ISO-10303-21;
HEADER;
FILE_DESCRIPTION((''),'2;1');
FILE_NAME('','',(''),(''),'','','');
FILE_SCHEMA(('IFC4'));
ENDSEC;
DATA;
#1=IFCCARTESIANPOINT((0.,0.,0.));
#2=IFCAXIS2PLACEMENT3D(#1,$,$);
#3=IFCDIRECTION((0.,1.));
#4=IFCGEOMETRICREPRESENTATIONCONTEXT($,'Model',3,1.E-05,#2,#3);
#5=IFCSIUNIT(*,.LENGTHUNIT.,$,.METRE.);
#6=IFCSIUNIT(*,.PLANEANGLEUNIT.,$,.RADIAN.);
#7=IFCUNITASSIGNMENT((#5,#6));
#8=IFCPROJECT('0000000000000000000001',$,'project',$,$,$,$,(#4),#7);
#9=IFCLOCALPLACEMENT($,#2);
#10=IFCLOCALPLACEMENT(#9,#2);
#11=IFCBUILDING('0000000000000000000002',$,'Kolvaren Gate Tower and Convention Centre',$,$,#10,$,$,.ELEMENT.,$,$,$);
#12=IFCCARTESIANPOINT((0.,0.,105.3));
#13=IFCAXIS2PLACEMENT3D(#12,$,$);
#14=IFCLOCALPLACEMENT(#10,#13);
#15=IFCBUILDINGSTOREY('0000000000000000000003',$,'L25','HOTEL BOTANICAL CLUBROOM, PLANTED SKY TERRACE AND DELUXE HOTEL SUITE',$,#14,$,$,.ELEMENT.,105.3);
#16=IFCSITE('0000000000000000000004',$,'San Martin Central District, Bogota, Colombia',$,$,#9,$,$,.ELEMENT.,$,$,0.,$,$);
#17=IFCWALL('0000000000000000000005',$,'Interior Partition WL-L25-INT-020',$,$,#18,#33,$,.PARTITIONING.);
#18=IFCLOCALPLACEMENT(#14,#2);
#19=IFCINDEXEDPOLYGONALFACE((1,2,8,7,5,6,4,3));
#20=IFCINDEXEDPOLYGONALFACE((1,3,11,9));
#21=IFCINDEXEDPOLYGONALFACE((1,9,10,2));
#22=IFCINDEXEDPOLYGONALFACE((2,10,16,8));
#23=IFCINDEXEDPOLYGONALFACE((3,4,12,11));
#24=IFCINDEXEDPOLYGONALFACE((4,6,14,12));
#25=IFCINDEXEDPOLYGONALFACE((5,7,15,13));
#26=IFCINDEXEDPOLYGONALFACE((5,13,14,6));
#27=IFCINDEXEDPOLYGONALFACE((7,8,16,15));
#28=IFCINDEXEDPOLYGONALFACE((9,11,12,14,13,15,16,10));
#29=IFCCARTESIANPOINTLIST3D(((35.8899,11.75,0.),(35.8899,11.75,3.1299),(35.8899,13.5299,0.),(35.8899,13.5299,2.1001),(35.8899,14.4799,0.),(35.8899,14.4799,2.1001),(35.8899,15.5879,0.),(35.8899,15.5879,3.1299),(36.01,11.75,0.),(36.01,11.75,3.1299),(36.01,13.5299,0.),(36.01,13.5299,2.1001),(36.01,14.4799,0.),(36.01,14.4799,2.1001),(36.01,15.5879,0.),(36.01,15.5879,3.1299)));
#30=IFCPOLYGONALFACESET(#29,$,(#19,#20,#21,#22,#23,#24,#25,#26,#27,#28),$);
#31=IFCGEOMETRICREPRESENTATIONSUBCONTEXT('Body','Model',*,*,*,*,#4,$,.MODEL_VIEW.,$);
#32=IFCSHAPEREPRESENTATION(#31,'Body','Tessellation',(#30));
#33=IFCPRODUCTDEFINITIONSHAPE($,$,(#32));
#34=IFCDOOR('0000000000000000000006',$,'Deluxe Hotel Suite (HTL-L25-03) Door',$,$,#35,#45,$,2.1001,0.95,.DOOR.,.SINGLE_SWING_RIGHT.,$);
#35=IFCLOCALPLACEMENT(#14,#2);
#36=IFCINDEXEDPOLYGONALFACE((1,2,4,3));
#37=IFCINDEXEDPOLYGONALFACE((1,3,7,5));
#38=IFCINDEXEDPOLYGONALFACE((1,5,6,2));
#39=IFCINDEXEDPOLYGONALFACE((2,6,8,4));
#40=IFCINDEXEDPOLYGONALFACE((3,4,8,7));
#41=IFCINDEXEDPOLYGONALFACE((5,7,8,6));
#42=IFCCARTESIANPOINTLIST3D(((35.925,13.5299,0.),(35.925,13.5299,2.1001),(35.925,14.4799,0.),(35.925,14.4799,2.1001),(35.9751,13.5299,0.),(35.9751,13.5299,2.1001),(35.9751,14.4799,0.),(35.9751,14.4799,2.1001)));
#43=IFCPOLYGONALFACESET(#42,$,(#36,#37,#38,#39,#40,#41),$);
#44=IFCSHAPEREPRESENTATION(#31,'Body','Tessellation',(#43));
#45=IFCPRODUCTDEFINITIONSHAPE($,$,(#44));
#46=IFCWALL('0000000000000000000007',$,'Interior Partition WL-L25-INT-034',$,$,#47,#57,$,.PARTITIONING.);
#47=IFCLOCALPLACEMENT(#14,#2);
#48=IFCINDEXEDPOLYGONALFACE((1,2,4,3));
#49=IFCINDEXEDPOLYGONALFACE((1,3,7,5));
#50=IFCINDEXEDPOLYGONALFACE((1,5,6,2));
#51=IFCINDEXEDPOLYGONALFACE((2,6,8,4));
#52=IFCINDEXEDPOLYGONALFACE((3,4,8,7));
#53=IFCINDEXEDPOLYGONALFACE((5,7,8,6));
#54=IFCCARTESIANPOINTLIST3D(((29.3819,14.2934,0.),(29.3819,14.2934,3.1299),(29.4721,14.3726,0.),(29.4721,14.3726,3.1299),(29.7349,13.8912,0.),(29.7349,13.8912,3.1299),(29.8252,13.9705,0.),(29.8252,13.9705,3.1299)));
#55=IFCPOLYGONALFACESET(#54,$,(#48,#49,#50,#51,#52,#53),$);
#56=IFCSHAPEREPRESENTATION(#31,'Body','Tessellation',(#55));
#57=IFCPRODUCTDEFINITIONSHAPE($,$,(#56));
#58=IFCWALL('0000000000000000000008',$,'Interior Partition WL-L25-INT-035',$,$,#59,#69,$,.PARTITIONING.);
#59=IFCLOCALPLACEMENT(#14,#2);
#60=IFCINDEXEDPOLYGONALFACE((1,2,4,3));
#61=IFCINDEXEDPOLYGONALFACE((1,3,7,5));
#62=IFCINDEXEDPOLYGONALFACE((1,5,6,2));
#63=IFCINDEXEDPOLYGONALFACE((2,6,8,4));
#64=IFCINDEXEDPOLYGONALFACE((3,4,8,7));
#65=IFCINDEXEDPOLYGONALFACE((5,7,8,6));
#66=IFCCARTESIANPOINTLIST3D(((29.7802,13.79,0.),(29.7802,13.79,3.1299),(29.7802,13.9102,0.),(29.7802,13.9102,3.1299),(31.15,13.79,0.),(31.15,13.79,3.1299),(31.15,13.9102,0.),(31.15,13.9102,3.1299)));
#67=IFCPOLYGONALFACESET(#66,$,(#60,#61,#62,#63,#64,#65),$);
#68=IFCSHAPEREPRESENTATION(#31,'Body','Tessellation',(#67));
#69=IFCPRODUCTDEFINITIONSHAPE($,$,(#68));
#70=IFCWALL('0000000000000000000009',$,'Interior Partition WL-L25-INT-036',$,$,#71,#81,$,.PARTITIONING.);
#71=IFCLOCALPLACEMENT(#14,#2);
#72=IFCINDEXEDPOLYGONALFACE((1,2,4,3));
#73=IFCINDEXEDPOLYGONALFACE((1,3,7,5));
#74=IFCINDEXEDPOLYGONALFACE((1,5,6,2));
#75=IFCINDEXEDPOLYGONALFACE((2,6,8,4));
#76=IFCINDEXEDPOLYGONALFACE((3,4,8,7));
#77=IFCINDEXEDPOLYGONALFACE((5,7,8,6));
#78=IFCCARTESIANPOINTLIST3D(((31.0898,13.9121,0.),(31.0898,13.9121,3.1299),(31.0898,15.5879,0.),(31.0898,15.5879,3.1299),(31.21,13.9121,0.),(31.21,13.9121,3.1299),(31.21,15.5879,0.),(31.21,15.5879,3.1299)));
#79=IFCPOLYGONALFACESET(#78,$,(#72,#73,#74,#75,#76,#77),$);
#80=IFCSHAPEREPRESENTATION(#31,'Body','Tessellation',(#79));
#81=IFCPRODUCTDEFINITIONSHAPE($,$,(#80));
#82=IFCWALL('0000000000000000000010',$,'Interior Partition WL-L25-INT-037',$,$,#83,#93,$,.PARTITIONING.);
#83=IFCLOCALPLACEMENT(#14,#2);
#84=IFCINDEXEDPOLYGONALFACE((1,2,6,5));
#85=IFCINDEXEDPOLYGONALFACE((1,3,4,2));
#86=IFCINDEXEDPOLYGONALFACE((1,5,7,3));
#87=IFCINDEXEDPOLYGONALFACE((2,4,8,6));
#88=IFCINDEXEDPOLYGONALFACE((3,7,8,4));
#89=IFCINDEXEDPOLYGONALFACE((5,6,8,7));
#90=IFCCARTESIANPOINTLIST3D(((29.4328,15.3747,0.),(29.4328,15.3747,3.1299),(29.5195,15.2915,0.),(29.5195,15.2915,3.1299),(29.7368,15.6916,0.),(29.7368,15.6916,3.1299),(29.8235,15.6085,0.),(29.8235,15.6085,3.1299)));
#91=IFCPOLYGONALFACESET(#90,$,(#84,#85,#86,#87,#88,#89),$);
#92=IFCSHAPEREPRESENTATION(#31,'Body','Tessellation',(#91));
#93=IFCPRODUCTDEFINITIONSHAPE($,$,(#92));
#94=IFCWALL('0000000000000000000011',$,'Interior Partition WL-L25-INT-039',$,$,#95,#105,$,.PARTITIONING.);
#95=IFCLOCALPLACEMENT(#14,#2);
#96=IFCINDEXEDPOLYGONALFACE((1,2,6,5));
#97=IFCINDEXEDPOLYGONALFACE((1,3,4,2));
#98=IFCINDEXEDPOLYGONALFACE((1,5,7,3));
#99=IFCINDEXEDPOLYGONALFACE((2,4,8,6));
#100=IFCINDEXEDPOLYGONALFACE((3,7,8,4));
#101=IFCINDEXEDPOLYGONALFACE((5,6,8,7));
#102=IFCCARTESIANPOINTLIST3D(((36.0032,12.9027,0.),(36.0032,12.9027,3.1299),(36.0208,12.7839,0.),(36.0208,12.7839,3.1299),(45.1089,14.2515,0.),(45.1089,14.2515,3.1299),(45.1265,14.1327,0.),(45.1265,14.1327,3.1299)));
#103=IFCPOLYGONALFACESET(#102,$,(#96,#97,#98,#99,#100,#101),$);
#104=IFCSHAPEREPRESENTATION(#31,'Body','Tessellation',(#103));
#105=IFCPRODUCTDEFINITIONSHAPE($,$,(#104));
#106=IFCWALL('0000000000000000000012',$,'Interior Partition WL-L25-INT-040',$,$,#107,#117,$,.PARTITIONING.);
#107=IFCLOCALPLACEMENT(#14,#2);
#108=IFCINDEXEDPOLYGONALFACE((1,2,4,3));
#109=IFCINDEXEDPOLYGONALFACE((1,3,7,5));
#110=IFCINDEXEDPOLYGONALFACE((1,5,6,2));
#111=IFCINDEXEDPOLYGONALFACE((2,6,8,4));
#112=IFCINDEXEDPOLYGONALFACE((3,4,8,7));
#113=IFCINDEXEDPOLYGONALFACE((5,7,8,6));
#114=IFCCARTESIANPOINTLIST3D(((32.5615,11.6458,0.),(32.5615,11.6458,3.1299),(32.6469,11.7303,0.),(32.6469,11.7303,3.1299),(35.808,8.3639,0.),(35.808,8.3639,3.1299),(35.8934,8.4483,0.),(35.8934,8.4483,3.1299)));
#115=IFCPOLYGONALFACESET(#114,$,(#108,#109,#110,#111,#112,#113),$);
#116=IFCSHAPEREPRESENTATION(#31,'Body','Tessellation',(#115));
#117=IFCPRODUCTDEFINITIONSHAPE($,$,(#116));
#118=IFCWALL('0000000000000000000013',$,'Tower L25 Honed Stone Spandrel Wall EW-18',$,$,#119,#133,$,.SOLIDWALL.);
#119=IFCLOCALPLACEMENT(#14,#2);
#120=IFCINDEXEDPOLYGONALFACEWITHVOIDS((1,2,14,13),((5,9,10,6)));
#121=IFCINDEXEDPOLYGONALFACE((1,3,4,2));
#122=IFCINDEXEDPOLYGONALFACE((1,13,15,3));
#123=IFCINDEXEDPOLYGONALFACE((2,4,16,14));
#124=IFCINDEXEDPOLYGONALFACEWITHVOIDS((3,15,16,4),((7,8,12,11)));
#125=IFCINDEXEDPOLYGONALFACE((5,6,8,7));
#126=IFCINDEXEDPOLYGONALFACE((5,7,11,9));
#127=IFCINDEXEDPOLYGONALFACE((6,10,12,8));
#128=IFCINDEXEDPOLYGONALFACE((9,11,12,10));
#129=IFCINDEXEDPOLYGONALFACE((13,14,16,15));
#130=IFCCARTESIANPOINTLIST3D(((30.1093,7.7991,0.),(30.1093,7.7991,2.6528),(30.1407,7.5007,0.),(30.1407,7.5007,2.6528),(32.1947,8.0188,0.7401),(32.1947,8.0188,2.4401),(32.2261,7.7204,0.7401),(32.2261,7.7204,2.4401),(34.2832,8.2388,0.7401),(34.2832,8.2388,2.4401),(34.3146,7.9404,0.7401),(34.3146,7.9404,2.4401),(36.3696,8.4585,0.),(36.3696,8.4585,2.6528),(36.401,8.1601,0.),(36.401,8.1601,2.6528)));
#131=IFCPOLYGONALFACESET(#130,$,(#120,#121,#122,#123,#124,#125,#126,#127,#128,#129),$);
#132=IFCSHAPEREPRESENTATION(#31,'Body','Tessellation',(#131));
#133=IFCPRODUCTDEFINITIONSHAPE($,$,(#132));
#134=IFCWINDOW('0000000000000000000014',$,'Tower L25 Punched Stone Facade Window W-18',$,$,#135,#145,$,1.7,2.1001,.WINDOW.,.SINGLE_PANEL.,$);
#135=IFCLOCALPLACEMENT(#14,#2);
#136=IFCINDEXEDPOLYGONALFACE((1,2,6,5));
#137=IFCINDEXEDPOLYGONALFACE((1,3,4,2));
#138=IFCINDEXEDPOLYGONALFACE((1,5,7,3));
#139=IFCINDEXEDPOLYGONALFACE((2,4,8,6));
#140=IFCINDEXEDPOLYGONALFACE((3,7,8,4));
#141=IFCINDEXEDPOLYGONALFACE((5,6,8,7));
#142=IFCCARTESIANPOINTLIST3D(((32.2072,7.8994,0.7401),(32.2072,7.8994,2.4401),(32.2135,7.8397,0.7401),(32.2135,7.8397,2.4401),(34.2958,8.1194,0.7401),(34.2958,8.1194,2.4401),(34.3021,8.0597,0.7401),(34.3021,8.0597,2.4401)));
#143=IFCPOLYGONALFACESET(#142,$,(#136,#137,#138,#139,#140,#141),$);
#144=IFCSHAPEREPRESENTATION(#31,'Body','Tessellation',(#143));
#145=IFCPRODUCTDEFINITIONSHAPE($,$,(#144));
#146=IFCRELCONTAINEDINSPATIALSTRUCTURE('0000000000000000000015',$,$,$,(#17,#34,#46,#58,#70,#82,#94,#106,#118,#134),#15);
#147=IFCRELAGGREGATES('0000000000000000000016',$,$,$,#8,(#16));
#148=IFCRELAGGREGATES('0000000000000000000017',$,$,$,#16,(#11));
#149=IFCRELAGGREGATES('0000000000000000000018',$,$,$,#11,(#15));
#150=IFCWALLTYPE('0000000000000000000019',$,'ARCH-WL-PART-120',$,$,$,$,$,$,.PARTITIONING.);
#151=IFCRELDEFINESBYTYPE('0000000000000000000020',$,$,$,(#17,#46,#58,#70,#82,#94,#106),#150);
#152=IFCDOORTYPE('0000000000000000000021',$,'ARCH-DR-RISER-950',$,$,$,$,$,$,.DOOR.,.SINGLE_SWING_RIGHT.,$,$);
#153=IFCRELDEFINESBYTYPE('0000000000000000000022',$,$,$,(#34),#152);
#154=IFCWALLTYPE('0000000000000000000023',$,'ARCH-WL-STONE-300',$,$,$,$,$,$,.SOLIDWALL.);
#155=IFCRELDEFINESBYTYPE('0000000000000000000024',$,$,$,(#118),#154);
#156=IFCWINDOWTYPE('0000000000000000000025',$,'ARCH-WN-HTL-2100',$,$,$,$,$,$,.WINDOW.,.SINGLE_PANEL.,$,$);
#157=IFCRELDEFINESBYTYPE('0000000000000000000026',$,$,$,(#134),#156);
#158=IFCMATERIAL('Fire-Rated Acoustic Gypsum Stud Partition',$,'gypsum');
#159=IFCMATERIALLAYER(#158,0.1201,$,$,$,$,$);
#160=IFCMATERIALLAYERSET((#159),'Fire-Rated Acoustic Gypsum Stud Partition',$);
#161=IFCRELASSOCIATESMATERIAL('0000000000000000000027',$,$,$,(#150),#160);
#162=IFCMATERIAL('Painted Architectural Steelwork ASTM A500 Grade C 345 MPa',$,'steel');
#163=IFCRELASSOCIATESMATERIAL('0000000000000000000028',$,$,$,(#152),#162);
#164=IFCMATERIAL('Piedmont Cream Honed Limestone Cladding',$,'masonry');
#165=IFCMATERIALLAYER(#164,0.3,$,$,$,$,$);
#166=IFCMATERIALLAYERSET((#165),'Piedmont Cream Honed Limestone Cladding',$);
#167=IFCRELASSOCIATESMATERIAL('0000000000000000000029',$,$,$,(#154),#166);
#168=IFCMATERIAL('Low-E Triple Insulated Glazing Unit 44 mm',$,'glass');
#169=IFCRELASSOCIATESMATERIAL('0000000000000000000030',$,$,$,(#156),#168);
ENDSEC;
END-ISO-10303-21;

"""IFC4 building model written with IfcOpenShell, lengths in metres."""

from ifc_helpers import new_model, si_unit, direction, frame, frame_2d, origin, place, context, subcontext, project, spatial, rectangle, extrude, material, layer, layer_set, type_object, element, fill, save


model = new_model("IFC4")

# Units and contexts
model_context = context("Model", 3, precision=1e-05, world=origin(), true_north=direction((0.0, 1.0)))
body_context = subcontext(model_context, "Body", "Model", "MODEL_VIEW")
ifc_project = project(units=[si_unit("LENGTHUNIT", "METRE"), si_unit("PLANEANGLEUNIT", "RADIAN")], contexts=[model_context])

# Site, building, storey
site_placement = place(None, origin())
site = spatial("IfcSite", under=ifc_project, at=site_placement, Name="San Martin Central District, Bogota, Colombia", CompositionType="ELEMENT", RefElevation=0.0)
building_placement = place(site_placement, origin())
building = spatial("IfcBuilding", under=site, at=building_placement, Name="Kolvaren Gate Tower and Convention Centre", CompositionType="ELEMENT")
storey_placement = place(building_placement, frame((0.0, 0.0, 105.3)))
storey = spatial("IfcBuildingStorey", under=building, at=storey_placement, Name="L25", Description="HOTEL BOTANICAL CLUBROOM, PLANTED SKY TERRACE AND DELUXE HOTEL SUITE", CompositionType="ELEMENT", Elevation=105.3)

# Shared definitions
ifc_material_1 = material(Name="Fire-Rated Acoustic Gypsum Stud Partition", Category="gypsum")
ifc_layer_1 = layer(ifc_material_1, 0.1201)
ifc_layer_set_1 = layer_set([ifc_layer_1], Name="Fire-Rated Acoustic Gypsum Stud Partition")
wall_type_1 = type_object("IfcWallType", Name="ARCH-WL-PART-120", PredefinedType="PARTITIONING", material=ifc_layer_set_1)

# Wall, opening, door
wall_1_placement = place(storey_placement, frame((35.95, 11.75, 0.0), z_axis=(0.0, 0.0, 1.0), x_axis=(0.0, 1.0, 0.0)))
wall_1 = element("IfcWall", 1, at=wall_1_placement, inside=storey, type_object=wall_type_1, Name="Interior Partition WL-L25-INT-020", PredefinedType="PARTITIONING", context=body_context, shape_type="SweptSolid", body=[
    extrude(rectangle(XDim=3.8379, YDim=0.1201, at=frame_2d((1.9189, 0.0))), origin(), (0.0, 0.0, 1.0), 3.1299),
])
opening_1_placement = place(wall_1_placement, frame((1.7798, 0.0, 0.0)))
opening_1 = element("IfcOpeningElement", 2, at=opening_1_placement, cuts=wall_1, PredefinedType="OPENING", context=body_context, shape_type="SweptSolid", body=[
    extrude(rectangle(XDim=0.95, YDim=2.1001, at=frame_2d((0.4751, 1.05))), frame((0.0, 0.0701, 0.0), z_axis=(0.0, -1.0, 0.0), x_axis=(1.0, 0.0, 0.0)), (0.0, 0.0, 1.0), 0.1401),
])
ifc_material_2 = material(Name="Painted Architectural Steelwork ASTM A500 Grade C 345 MPa", Category="steel")
door_type = type_object("IfcDoorType", Name="ARCH-DR-RISER-950", OperationType="SINGLE_SWING_RIGHT", PredefinedType="DOOR", material=ifc_material_2)
door_placement = place(opening_1_placement, origin())
door = element("IfcDoor", 3, at=door_placement, inside=storey, type_object=door_type, Name="Deluxe Hotel Suite (HTL-L25-03) Door", OperationType="SINGLE_SWING_RIGHT", OverallHeight=2.1001, OverallWidth=0.95, PredefinedType="DOOR", context=body_context, shape_type="SweptSolid", body=[
    extrude(rectangle(XDim=0.95, YDim=2.1001, at=frame_2d((0.4751, 1.05))), frame((0.0, 0.0249, 0.0), z_axis=(0.0, -1.0, 0.0), x_axis=(1.0, 0.0, 0.0)), (0.0, 0.0, 1.0), 0.05),
])
fill(opening_1, door)

# Walls
wall_2_placement = place(storey_placement, frame((29.427, 14.333, 0.0), z_axis=(0.0, 0.0, 1.0), x_axis=(0.659763, -0.751473, 0.0)))
element("IfcWall", 4, at=wall_2_placement, inside=storey, type_object=wall_type_1, Name="Interior Partition WL-L25-INT-034", PredefinedType="PARTITIONING", context=body_context, shape_type="SweptSolid", body=[
    extrude(rectangle(XDim=0.5352, YDim=0.1201, at=frame_2d((0.2676, 0.0))), origin(), (0.0, 0.0, 1.0), 3.1299),
])
wall_3_placement = place(storey_placement, frame((29.78, 13.8501, 0.0), z_axis=(0.0, 0.0, 1.0), x_axis=(1.0, 0.0, 0.0)))
element("IfcWall", 5, at=wall_3_placement, inside=storey, type_object=wall_type_1, Name="Interior Partition WL-L25-INT-035", PredefinedType="PARTITIONING", context=body_context, shape_type="SweptSolid", body=[
    extrude(rectangle(XDim=1.3699, YDim=0.1201, at=frame_2d((0.6851, 0.0))), origin(), (0.0, 0.0, 1.0), 3.1299),
])
wall_4_placement = place(storey_placement, frame((31.1499, 13.9121, 0.0), z_axis=(0.0, 0.0, 1.0), x_axis=(0.0, 1.0, 0.0)))
element("IfcWall", 6, at=wall_4_placement, inside=storey, type_object=wall_type_1, Name="Interior Partition WL-L25-INT-036", PredefinedType="PARTITIONING", context=body_context, shape_type="SweptSolid", body=[
    extrude(rectangle(XDim=1.6758, YDim=0.1201, at=frame_2d((0.8379, 0.0))), origin(), (0.0, 0.0, 1.0), 3.1299),
])
wall_5_placement = place(storey_placement, frame((29.4761, 15.333, 0.0), z_axis=(0.0, 0.0, 1.0), x_axis=(0.692219, 0.721687, 0.0)))
element("IfcWall", 7, at=wall_5_placement, inside=storey, type_object=wall_type_1, Name="Interior Partition WL-L25-INT-037", PredefinedType="PARTITIONING", context=body_context, shape_type="SweptSolid", body=[
    extrude(rectangle(XDim=0.4392, YDim=0.1201, at=frame_2d((0.2197, 0.0))), origin(), (0.0, 0.0, 1.0), 3.1299),
])
wall_6_placement = place(storey_placement, frame((36.012, 12.8433, 0.0), z_axis=(0.0, 0.0, 1.0), x_axis=(0.989205, 0.146536, 0.0)))
element("IfcWall", 8, at=wall_6_placement, inside=storey, type_object=wall_type_1, Name="Interior Partition WL-L25-INT-039", PredefinedType="PARTITIONING", context=body_context, shape_type="SweptSolid", body=[
    extrude(rectangle(XDim=9.2051, YDim=0.1201, at=frame_2d((4.6025, 0.0))), origin(), (0.0, 0.0, 1.0), 3.1299),
])
wall_7_placement = place(storey_placement, frame((32.6042, 11.688, 0.0), z_axis=(0.0, 0.0, 1.0), x_axis=(0.703262, -0.710931, 0.0)))
element("IfcWall", 9, at=wall_7_placement, inside=storey, type_object=wall_type_1, Name="Interior Partition WL-L25-INT-040", PredefinedType="PARTITIONING", context=body_context, shape_type="SweptSolid", body=[
    extrude(rectangle(XDim=4.6165, YDim=0.1201, at=frame_2d((2.3081, 0.0))), origin(), (0.0, 0.0, 1.0), 3.1299),
])

# Wall, opening, window
ifc_material_3 = material(Name="Piedmont Cream Honed Limestone Cladding", Category="masonry")
ifc_layer_2 = layer(ifc_material_3, 0.3)
ifc_layer_set_2 = layer_set([ifc_layer_2], Name="Piedmont Cream Honed Limestone Cladding")
wall_type_2 = type_object("IfcWallType", Name="ARCH-WL-STONE-300", PredefinedType="SOLIDWALL", material=ifc_layer_set_2)
wall_8_placement = place(storey_placement, frame((30.125, 7.6499, 0.0), z_axis=(0.0, 0.0, 1.0), x_axis=(0.994498, 0.104755, 0.0)))
wall_8 = element("IfcWall", 10, at=wall_8_placement, inside=storey, type_object=wall_type_2, Name="Tower L25 Honed Stone Spandrel Wall EW-18", PredefinedType="SOLIDWALL", context=body_context, shape_type="SweptSolid", body=[
    extrude(rectangle(XDim=6.2949, YDim=0.3, at=frame_2d((3.1475, 0.0))), origin(), (0.0, 0.0, 1.0), 2.6528),
])
opening_2_placement = place(wall_8_placement, frame((2.0969, 0.0, 0.74)))
opening_2 = element("IfcOpeningElement", 11, at=opening_2_placement, cuts=wall_8, PredefinedType="OPENING", context=body_context, shape_type="SweptSolid", body=[
    extrude(rectangle(XDim=2.1001, YDim=1.7, at=frame_2d((1.05, 0.8501))), frame((0.0, 0.1599, 0.0), z_axis=(0.0, -1.0, 0.0), x_axis=(1.0, 0.0, 0.0)), (0.0, 0.0, 1.0), 0.3201),
])
ifc_material_4 = material(Name="Low-E Triple Insulated Glazing Unit 44 mm", Category="glass")
window_type_1 = type_object("IfcWindowType", Name="ARCH-WN-HTL-2100", PartitioningType="SINGLE_PANEL", PredefinedType="WINDOW", material=ifc_material_4)
window_1_placement = place(opening_2_placement, origin())
window_1 = element("IfcWindow", 12, at=window_1_placement, inside=storey, type_object=window_type_1, Name="Tower L25 Punched Stone Facade Window W-18", OverallHeight=1.7, OverallWidth=2.1001, PartitioningType="SINGLE_PANEL", PredefinedType="WINDOW", context=body_context, shape_type="SweptSolid", body=[
    extrude(rectangle(XDim=2.1001, YDim=1.7, at=frame_2d((1.05, 0.8501))), frame((0.0, 0.03, 0.0), z_axis=(0.0, -1.0, 0.0), x_axis=(1.0, 0.0, 0.0)), (0.0, 0.0, 1.0), 0.0601),
])
fill(opening_2, window_1)

save(model, "model.ifc")
